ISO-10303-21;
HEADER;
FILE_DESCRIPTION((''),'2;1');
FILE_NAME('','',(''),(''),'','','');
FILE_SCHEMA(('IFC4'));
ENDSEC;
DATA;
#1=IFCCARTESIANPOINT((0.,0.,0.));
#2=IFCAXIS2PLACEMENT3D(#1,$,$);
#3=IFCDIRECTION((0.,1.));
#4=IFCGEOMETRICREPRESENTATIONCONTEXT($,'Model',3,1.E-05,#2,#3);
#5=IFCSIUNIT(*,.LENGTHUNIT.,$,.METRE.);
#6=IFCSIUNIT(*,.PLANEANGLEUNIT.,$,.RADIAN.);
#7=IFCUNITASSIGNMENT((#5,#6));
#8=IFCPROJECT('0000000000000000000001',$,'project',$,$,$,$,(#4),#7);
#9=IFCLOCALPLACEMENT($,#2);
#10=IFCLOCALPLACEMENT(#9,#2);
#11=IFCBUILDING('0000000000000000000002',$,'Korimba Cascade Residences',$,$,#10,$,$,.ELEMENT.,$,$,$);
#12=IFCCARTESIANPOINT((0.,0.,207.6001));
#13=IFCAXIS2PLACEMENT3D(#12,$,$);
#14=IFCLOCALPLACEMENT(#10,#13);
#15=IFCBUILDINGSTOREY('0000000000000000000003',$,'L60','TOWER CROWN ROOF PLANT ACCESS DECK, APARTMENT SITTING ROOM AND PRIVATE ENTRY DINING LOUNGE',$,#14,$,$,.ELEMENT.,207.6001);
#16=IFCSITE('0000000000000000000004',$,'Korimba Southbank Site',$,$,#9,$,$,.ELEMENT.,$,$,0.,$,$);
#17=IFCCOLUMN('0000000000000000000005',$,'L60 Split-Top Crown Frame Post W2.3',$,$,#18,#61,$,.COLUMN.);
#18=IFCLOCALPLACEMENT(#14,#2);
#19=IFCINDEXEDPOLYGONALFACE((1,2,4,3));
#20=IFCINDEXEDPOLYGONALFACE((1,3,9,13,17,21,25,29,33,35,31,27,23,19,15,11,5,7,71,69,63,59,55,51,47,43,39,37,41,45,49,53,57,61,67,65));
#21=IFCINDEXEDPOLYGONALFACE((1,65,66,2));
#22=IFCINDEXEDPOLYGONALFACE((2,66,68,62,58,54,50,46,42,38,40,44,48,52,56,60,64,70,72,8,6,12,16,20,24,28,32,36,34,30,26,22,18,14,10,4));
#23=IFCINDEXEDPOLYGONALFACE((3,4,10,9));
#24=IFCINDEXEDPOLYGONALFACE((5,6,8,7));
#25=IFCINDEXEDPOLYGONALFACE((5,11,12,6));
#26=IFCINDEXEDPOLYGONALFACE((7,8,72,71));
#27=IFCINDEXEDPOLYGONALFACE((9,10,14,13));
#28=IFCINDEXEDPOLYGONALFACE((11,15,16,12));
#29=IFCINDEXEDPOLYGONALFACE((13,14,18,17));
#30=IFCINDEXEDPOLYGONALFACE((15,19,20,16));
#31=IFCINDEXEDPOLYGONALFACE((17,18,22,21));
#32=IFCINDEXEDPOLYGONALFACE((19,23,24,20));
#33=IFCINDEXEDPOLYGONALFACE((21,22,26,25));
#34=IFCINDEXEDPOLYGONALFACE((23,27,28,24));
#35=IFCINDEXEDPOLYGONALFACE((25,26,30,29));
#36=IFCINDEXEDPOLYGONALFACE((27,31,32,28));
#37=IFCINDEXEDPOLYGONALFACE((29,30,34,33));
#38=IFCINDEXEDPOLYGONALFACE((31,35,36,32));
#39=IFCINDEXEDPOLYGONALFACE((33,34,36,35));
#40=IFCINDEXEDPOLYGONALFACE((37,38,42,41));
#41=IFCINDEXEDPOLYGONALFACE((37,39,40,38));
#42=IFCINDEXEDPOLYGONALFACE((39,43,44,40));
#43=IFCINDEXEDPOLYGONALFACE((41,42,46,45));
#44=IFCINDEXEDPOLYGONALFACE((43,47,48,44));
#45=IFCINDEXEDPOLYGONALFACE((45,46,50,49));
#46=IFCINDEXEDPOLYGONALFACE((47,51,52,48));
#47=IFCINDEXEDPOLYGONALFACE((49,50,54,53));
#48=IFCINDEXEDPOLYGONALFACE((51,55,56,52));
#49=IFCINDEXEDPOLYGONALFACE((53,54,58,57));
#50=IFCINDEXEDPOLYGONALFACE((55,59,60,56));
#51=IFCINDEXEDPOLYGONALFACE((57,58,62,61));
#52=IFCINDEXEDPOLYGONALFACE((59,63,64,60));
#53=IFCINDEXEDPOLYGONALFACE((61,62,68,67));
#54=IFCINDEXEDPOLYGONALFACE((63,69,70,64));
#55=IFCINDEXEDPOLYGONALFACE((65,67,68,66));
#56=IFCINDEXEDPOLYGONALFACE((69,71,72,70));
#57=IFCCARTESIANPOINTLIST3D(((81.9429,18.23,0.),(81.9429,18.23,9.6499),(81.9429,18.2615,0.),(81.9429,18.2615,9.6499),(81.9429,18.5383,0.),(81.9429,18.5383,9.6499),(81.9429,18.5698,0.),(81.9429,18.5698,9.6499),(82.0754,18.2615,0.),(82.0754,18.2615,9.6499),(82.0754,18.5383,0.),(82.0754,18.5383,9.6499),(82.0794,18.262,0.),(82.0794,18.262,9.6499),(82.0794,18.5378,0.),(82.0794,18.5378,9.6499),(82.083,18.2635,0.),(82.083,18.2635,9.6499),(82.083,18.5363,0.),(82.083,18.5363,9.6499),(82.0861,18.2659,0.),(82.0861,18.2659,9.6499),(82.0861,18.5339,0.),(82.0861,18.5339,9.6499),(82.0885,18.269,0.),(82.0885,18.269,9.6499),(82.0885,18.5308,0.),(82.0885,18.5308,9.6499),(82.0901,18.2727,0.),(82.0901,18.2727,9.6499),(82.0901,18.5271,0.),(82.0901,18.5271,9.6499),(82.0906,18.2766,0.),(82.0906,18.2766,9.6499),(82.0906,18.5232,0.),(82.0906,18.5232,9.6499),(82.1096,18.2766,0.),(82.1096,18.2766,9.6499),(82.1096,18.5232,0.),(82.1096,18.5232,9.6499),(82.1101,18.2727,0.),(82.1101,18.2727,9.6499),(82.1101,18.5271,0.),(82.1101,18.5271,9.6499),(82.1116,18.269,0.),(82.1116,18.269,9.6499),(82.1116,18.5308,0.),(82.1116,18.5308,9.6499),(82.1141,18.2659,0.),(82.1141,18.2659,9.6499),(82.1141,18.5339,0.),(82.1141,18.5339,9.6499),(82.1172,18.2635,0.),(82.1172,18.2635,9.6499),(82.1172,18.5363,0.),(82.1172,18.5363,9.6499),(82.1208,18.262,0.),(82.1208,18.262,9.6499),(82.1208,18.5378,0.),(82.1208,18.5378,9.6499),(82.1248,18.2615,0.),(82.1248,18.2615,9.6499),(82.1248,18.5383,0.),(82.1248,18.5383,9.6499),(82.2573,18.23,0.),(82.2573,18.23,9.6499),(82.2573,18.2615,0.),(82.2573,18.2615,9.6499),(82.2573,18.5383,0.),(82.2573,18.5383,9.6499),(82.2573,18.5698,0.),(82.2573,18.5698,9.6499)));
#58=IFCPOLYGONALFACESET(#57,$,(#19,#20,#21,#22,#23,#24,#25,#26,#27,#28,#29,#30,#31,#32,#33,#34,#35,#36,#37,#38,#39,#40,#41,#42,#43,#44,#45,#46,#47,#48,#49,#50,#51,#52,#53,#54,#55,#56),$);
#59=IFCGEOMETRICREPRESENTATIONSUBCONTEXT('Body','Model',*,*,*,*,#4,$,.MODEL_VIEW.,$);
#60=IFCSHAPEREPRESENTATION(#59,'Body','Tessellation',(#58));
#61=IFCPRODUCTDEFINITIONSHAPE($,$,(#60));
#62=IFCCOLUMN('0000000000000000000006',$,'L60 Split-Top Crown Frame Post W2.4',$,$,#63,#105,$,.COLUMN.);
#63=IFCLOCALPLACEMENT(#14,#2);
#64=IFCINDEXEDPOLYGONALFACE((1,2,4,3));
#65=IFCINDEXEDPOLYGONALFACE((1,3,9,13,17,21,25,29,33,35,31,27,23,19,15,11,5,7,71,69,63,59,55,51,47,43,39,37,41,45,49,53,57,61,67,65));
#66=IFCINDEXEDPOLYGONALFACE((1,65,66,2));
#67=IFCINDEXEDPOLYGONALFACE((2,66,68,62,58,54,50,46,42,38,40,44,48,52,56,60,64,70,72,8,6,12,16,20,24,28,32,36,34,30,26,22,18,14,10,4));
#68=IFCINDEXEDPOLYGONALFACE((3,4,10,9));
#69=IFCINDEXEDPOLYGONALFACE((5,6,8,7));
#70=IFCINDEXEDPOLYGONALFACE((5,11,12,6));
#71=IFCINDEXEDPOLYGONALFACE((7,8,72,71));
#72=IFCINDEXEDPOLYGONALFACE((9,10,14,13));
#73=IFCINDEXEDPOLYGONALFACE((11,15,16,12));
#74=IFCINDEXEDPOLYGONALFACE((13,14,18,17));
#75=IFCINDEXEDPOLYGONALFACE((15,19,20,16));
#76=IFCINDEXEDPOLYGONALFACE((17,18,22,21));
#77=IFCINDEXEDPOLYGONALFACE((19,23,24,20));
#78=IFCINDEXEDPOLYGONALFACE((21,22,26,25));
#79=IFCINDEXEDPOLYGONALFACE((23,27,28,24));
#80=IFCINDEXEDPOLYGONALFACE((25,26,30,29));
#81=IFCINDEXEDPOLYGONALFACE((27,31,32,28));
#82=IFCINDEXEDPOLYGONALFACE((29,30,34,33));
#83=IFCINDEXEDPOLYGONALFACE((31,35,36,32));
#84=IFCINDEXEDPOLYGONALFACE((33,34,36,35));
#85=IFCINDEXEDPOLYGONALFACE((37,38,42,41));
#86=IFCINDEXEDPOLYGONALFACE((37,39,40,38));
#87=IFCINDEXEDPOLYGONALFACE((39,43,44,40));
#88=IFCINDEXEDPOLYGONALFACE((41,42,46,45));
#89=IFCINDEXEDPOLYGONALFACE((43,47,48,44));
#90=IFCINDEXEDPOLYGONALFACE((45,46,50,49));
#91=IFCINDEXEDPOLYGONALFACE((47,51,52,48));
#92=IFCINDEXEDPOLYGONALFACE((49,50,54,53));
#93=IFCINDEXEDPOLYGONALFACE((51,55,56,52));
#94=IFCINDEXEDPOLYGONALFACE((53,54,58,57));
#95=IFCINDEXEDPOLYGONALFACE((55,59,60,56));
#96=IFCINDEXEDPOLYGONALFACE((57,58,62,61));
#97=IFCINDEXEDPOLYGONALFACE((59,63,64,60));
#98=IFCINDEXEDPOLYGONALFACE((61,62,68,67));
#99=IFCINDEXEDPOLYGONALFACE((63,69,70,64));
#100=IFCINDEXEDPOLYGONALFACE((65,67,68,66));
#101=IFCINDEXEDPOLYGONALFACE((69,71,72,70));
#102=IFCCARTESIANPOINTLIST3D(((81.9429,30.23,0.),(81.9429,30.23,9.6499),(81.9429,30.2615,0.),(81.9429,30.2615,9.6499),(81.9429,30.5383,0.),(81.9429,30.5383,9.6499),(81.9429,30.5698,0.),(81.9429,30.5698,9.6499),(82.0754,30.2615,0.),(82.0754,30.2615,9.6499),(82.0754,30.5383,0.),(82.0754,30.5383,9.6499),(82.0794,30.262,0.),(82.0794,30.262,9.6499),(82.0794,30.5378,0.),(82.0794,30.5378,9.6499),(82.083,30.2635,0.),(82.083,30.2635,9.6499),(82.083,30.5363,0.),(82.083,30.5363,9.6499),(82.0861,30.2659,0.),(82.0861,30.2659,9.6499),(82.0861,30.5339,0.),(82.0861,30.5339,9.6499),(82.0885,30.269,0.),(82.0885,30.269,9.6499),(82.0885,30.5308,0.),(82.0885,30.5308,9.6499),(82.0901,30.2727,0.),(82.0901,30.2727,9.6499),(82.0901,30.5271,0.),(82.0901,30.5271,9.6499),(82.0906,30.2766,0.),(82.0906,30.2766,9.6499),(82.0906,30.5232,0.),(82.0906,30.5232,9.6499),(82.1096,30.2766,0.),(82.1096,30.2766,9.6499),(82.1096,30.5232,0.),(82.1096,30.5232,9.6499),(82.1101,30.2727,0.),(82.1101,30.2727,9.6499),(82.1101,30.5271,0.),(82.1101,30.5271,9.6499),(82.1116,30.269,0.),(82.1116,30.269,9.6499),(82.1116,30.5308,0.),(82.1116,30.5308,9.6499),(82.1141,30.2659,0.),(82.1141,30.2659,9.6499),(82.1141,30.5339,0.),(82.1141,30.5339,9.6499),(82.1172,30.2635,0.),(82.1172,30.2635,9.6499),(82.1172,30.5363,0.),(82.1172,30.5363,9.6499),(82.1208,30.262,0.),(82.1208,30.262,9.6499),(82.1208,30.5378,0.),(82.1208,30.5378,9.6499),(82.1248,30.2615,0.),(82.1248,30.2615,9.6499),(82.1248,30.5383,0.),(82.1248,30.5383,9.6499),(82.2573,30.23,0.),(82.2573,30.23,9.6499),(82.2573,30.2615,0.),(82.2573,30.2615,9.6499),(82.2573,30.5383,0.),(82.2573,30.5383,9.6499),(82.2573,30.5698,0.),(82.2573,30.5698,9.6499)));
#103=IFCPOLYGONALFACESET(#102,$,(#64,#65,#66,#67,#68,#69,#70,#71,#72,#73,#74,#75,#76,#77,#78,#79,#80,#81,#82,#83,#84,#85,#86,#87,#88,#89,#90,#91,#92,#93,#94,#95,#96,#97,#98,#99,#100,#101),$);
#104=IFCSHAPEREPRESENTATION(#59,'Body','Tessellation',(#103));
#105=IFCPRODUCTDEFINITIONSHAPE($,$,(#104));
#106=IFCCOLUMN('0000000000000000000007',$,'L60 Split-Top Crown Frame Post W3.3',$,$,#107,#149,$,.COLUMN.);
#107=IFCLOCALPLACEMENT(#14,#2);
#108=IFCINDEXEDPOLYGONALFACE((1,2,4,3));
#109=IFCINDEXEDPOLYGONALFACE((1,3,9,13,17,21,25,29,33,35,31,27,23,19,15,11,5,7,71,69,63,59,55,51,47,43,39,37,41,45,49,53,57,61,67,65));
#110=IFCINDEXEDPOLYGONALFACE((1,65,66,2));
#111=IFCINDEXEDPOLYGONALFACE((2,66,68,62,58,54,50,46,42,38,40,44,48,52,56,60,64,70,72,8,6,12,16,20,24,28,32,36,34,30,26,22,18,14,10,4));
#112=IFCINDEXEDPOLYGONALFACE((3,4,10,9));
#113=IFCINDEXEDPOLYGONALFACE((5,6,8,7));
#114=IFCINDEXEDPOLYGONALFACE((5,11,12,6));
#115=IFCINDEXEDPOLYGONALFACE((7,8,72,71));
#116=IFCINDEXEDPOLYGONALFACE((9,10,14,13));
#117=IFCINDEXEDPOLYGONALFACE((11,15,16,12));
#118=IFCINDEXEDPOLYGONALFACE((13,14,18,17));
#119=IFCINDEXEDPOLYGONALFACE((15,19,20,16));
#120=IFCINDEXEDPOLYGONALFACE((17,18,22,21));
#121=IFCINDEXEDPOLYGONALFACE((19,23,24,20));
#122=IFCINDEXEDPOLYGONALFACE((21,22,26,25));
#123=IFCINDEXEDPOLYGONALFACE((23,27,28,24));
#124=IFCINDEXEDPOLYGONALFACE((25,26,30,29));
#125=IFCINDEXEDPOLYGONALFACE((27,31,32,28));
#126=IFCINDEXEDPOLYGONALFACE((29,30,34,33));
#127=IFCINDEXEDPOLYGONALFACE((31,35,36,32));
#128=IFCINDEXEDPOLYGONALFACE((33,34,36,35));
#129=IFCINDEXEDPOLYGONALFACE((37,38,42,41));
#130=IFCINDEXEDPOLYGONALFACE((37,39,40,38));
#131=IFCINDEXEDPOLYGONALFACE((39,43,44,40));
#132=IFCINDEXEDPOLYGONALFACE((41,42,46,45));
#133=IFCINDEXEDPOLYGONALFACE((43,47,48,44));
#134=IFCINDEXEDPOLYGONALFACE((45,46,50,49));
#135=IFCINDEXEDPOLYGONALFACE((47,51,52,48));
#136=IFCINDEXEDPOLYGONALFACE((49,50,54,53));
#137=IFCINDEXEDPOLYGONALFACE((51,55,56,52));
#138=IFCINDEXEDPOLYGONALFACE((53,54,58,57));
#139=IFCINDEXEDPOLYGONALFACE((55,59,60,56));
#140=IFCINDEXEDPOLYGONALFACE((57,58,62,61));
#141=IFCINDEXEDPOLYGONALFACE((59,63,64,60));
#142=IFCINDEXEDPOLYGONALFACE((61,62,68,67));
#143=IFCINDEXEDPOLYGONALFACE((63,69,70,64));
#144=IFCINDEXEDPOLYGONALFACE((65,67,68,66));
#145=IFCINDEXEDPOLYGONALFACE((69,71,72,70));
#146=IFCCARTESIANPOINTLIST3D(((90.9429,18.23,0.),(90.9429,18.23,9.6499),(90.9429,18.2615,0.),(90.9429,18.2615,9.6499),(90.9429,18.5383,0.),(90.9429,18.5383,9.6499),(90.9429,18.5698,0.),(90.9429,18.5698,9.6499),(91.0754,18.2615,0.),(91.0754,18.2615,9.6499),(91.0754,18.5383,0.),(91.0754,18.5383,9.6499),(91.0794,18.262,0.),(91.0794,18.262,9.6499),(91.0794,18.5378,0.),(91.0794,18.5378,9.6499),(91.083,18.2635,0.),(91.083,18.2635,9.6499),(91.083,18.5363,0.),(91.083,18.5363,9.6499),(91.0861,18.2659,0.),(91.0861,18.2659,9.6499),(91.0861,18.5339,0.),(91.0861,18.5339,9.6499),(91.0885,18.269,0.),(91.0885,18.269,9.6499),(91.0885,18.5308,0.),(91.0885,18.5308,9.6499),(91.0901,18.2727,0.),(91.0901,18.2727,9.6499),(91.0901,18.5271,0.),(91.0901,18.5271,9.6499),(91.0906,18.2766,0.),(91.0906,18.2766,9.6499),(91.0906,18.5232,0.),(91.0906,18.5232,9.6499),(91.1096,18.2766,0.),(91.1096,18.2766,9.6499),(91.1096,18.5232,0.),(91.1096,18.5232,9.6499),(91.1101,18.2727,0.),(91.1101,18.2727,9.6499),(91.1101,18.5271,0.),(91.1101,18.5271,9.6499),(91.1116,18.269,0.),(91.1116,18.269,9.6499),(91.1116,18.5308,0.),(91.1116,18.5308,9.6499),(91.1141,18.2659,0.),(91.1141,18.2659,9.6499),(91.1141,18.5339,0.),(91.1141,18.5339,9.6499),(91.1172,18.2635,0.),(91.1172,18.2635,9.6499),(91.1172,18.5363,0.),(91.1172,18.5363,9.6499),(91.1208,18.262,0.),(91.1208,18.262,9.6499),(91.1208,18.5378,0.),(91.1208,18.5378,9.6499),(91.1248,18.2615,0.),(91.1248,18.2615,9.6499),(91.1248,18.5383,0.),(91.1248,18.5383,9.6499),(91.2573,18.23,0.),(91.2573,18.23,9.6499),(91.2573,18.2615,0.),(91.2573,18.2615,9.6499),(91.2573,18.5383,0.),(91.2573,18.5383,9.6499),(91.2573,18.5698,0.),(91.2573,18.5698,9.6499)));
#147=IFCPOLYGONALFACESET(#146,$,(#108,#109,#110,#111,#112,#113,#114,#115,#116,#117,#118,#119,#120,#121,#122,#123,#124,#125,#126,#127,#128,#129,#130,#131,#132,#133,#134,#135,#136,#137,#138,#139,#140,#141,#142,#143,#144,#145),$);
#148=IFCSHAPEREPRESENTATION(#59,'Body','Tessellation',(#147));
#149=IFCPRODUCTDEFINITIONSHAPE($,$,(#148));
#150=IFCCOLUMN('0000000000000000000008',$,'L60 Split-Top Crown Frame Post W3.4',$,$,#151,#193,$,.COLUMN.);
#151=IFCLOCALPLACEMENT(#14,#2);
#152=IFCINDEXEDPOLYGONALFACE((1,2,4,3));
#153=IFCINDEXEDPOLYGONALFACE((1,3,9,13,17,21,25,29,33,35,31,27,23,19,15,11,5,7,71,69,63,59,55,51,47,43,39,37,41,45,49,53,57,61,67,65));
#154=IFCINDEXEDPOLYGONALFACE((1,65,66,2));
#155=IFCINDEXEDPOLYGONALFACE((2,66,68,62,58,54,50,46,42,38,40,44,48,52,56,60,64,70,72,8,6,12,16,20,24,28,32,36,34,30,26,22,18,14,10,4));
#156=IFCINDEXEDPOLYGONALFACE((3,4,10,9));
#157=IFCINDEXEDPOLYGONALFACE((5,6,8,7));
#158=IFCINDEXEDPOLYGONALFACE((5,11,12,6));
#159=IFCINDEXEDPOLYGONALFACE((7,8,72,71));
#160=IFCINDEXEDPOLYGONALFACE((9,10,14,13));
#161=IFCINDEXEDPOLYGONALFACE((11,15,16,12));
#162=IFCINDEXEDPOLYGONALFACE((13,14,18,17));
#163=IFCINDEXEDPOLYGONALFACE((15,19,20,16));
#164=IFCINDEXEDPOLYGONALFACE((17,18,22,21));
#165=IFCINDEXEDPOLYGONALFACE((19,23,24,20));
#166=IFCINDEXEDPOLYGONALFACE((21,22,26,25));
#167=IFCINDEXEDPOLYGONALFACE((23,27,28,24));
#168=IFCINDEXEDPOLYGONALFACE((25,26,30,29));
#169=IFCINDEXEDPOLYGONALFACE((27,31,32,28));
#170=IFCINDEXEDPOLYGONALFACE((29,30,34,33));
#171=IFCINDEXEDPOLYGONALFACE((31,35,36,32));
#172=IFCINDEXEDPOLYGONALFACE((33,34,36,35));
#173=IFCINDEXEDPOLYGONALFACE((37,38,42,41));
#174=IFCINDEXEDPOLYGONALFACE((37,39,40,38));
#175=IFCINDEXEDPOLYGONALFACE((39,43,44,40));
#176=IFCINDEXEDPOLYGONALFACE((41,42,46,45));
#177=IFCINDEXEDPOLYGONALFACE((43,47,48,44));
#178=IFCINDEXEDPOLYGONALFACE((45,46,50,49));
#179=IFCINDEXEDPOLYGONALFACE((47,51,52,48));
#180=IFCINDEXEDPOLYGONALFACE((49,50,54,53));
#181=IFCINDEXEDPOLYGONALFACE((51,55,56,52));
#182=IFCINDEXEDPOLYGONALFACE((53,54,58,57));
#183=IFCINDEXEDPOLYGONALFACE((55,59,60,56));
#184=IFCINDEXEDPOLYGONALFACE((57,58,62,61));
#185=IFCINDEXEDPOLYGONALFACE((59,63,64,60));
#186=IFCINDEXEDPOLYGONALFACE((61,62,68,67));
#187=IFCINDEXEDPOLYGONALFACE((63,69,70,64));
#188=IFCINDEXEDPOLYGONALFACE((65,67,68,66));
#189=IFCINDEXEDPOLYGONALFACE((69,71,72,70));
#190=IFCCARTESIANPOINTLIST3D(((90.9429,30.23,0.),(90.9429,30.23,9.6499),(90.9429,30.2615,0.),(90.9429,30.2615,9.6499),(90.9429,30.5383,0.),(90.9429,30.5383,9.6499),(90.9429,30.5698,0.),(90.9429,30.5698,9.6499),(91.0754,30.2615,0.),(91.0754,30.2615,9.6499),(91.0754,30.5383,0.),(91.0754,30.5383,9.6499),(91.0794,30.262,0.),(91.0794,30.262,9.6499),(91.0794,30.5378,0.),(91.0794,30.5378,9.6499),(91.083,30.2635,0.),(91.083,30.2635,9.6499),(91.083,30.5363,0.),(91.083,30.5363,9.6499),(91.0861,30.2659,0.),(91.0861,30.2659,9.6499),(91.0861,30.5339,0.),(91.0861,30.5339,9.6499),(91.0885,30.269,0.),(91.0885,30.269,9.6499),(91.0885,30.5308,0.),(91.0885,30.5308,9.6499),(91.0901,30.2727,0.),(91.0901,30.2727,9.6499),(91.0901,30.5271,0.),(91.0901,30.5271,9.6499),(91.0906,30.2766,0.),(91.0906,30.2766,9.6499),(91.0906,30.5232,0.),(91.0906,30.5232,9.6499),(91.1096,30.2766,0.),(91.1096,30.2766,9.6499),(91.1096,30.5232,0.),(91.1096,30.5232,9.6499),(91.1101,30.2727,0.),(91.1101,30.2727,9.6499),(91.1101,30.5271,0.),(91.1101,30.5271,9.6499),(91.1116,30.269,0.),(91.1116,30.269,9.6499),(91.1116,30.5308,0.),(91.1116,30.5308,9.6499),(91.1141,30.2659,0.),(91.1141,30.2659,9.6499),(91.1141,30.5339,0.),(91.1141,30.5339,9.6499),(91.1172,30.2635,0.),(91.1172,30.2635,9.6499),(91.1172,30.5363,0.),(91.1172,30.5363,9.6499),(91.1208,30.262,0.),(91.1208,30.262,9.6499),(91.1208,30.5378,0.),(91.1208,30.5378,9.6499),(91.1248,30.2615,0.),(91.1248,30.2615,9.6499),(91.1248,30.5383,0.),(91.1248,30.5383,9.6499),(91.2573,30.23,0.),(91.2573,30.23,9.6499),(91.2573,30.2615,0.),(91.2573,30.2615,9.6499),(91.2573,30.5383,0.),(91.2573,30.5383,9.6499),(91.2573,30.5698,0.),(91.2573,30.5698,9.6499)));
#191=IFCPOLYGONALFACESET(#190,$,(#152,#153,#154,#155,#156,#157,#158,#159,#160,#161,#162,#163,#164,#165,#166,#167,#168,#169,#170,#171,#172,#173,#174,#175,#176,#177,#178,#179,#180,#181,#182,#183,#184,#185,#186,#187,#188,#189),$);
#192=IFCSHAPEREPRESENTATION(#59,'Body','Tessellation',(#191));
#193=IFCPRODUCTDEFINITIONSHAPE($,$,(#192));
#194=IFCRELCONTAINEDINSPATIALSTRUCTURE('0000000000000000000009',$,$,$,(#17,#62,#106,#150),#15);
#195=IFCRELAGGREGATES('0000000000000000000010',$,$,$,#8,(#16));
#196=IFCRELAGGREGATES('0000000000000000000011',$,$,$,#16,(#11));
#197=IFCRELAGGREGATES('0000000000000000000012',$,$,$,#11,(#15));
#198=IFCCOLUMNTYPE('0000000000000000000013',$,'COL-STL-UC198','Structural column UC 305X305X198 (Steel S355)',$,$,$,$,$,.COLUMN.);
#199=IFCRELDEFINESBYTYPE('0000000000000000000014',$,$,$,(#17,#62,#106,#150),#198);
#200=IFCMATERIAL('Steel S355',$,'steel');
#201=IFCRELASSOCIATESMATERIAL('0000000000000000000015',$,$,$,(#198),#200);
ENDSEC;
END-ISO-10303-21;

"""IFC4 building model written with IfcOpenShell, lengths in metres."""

from ifc_helpers import new_model, si_unit, direction, frame, origin, origin_2d, place, context, subcontext, project, spatial, i_section, extrude, material, material_profile, profile_set, type_object, element, save


model = new_model("IFC4")

# Units and contexts
model_context = context("Model", 3, precision=1e-05, world=origin(), true_north=direction((0.0, 1.0)))
body_context = subcontext(model_context, "Body", "Model", "MODEL_VIEW")
ifc_project = project(units=[si_unit("LENGTHUNIT", "METRE"), si_unit("PLANEANGLEUNIT", "RADIAN")], contexts=[model_context])

# Site, building, storey
site_placement = place(None, origin())
site = spatial("IfcSite", under=ifc_project, at=site_placement, Name="Korimba Southbank Site", CompositionType="ELEMENT", RefElevation=0.0)
building_placement = place(site_placement, origin())
building = spatial("IfcBuilding", under=site, at=building_placement, Name="Korimba Cascade Residences", CompositionType="ELEMENT")
storey_placement = place(building_placement, frame((0.0, 0.0, 207.6001)))
storey = spatial("IfcBuildingStorey", under=building, at=storey_placement, Name="L60", Description="TOWER CROWN ROOF PLANT ACCESS DECK, APARTMENT SITTING ROOM AND PRIVATE ENTRY DINING LOUNGE", CompositionType="ELEMENT", Elevation=207.6001)

# Columns
ifc_material_1 = material(Name="Steel S355", Category="steel")
ifc_material_profile_1 = material_profile(ifc_material_1, i_section(OverallWidth=0.3145, OverallDepth=0.3398, WebThickness=0.019, FlangeThickness=0.0315, FilletRadius=0.0151, at=origin_2d()), Name="Steel S355")
ifc_profile_set_1 = profile_set([ifc_material_profile_1], Name="Steel S355")
column_type = type_object("IfcColumnType", Name="COL-STL-UC198", Description="Structural column UC 305X305X198 (Steel S355)", PredefinedType="COLUMN", material=ifc_profile_set_1)
for number, where, z_axis, x_axis, name in (
    (1, (82.1001, 18.3999, 0.0), (0.0, 0.0, 1.0), (1.0, 0.0, 0.0), "L60 Split-Top Crown Frame Post W2.3"),
    (2, (82.1001, 30.3999, 0.0), (0.0, 0.0, 1.0), (1.0, 0.0, 0.0), "L60 Split-Top Crown Frame Post W2.4"),
    (3, (91.1001, 18.3999, 0.0), (0.0, 0.0, 1.0), (1.0, 0.0, 0.0), "L60 Split-Top Crown Frame Post W3.3"),
    (4, (91.1001, 30.3999, 0.0), (0.0, 0.0, 1.0), (1.0, 0.0, 0.0), "L60 Split-Top Crown Frame Post W3.4"),
):
    element("IfcColumn", number, at=place(storey_placement, frame(where, z_axis=z_axis, x_axis=x_axis)), inside=storey, type_object=column_type, Name=name, PredefinedType="COLUMN", context=body_context, shape_type="SweptSolid", body=[
        extrude(i_section(OverallWidth=0.3145, OverallDepth=0.3398, WebThickness=0.019, FlangeThickness=0.0315, FilletRadius=0.0151, at=origin_2d()), origin(), (0.0, 0.0, 1.0), 9.6499),
    ])

save(model, "model.ifc")
